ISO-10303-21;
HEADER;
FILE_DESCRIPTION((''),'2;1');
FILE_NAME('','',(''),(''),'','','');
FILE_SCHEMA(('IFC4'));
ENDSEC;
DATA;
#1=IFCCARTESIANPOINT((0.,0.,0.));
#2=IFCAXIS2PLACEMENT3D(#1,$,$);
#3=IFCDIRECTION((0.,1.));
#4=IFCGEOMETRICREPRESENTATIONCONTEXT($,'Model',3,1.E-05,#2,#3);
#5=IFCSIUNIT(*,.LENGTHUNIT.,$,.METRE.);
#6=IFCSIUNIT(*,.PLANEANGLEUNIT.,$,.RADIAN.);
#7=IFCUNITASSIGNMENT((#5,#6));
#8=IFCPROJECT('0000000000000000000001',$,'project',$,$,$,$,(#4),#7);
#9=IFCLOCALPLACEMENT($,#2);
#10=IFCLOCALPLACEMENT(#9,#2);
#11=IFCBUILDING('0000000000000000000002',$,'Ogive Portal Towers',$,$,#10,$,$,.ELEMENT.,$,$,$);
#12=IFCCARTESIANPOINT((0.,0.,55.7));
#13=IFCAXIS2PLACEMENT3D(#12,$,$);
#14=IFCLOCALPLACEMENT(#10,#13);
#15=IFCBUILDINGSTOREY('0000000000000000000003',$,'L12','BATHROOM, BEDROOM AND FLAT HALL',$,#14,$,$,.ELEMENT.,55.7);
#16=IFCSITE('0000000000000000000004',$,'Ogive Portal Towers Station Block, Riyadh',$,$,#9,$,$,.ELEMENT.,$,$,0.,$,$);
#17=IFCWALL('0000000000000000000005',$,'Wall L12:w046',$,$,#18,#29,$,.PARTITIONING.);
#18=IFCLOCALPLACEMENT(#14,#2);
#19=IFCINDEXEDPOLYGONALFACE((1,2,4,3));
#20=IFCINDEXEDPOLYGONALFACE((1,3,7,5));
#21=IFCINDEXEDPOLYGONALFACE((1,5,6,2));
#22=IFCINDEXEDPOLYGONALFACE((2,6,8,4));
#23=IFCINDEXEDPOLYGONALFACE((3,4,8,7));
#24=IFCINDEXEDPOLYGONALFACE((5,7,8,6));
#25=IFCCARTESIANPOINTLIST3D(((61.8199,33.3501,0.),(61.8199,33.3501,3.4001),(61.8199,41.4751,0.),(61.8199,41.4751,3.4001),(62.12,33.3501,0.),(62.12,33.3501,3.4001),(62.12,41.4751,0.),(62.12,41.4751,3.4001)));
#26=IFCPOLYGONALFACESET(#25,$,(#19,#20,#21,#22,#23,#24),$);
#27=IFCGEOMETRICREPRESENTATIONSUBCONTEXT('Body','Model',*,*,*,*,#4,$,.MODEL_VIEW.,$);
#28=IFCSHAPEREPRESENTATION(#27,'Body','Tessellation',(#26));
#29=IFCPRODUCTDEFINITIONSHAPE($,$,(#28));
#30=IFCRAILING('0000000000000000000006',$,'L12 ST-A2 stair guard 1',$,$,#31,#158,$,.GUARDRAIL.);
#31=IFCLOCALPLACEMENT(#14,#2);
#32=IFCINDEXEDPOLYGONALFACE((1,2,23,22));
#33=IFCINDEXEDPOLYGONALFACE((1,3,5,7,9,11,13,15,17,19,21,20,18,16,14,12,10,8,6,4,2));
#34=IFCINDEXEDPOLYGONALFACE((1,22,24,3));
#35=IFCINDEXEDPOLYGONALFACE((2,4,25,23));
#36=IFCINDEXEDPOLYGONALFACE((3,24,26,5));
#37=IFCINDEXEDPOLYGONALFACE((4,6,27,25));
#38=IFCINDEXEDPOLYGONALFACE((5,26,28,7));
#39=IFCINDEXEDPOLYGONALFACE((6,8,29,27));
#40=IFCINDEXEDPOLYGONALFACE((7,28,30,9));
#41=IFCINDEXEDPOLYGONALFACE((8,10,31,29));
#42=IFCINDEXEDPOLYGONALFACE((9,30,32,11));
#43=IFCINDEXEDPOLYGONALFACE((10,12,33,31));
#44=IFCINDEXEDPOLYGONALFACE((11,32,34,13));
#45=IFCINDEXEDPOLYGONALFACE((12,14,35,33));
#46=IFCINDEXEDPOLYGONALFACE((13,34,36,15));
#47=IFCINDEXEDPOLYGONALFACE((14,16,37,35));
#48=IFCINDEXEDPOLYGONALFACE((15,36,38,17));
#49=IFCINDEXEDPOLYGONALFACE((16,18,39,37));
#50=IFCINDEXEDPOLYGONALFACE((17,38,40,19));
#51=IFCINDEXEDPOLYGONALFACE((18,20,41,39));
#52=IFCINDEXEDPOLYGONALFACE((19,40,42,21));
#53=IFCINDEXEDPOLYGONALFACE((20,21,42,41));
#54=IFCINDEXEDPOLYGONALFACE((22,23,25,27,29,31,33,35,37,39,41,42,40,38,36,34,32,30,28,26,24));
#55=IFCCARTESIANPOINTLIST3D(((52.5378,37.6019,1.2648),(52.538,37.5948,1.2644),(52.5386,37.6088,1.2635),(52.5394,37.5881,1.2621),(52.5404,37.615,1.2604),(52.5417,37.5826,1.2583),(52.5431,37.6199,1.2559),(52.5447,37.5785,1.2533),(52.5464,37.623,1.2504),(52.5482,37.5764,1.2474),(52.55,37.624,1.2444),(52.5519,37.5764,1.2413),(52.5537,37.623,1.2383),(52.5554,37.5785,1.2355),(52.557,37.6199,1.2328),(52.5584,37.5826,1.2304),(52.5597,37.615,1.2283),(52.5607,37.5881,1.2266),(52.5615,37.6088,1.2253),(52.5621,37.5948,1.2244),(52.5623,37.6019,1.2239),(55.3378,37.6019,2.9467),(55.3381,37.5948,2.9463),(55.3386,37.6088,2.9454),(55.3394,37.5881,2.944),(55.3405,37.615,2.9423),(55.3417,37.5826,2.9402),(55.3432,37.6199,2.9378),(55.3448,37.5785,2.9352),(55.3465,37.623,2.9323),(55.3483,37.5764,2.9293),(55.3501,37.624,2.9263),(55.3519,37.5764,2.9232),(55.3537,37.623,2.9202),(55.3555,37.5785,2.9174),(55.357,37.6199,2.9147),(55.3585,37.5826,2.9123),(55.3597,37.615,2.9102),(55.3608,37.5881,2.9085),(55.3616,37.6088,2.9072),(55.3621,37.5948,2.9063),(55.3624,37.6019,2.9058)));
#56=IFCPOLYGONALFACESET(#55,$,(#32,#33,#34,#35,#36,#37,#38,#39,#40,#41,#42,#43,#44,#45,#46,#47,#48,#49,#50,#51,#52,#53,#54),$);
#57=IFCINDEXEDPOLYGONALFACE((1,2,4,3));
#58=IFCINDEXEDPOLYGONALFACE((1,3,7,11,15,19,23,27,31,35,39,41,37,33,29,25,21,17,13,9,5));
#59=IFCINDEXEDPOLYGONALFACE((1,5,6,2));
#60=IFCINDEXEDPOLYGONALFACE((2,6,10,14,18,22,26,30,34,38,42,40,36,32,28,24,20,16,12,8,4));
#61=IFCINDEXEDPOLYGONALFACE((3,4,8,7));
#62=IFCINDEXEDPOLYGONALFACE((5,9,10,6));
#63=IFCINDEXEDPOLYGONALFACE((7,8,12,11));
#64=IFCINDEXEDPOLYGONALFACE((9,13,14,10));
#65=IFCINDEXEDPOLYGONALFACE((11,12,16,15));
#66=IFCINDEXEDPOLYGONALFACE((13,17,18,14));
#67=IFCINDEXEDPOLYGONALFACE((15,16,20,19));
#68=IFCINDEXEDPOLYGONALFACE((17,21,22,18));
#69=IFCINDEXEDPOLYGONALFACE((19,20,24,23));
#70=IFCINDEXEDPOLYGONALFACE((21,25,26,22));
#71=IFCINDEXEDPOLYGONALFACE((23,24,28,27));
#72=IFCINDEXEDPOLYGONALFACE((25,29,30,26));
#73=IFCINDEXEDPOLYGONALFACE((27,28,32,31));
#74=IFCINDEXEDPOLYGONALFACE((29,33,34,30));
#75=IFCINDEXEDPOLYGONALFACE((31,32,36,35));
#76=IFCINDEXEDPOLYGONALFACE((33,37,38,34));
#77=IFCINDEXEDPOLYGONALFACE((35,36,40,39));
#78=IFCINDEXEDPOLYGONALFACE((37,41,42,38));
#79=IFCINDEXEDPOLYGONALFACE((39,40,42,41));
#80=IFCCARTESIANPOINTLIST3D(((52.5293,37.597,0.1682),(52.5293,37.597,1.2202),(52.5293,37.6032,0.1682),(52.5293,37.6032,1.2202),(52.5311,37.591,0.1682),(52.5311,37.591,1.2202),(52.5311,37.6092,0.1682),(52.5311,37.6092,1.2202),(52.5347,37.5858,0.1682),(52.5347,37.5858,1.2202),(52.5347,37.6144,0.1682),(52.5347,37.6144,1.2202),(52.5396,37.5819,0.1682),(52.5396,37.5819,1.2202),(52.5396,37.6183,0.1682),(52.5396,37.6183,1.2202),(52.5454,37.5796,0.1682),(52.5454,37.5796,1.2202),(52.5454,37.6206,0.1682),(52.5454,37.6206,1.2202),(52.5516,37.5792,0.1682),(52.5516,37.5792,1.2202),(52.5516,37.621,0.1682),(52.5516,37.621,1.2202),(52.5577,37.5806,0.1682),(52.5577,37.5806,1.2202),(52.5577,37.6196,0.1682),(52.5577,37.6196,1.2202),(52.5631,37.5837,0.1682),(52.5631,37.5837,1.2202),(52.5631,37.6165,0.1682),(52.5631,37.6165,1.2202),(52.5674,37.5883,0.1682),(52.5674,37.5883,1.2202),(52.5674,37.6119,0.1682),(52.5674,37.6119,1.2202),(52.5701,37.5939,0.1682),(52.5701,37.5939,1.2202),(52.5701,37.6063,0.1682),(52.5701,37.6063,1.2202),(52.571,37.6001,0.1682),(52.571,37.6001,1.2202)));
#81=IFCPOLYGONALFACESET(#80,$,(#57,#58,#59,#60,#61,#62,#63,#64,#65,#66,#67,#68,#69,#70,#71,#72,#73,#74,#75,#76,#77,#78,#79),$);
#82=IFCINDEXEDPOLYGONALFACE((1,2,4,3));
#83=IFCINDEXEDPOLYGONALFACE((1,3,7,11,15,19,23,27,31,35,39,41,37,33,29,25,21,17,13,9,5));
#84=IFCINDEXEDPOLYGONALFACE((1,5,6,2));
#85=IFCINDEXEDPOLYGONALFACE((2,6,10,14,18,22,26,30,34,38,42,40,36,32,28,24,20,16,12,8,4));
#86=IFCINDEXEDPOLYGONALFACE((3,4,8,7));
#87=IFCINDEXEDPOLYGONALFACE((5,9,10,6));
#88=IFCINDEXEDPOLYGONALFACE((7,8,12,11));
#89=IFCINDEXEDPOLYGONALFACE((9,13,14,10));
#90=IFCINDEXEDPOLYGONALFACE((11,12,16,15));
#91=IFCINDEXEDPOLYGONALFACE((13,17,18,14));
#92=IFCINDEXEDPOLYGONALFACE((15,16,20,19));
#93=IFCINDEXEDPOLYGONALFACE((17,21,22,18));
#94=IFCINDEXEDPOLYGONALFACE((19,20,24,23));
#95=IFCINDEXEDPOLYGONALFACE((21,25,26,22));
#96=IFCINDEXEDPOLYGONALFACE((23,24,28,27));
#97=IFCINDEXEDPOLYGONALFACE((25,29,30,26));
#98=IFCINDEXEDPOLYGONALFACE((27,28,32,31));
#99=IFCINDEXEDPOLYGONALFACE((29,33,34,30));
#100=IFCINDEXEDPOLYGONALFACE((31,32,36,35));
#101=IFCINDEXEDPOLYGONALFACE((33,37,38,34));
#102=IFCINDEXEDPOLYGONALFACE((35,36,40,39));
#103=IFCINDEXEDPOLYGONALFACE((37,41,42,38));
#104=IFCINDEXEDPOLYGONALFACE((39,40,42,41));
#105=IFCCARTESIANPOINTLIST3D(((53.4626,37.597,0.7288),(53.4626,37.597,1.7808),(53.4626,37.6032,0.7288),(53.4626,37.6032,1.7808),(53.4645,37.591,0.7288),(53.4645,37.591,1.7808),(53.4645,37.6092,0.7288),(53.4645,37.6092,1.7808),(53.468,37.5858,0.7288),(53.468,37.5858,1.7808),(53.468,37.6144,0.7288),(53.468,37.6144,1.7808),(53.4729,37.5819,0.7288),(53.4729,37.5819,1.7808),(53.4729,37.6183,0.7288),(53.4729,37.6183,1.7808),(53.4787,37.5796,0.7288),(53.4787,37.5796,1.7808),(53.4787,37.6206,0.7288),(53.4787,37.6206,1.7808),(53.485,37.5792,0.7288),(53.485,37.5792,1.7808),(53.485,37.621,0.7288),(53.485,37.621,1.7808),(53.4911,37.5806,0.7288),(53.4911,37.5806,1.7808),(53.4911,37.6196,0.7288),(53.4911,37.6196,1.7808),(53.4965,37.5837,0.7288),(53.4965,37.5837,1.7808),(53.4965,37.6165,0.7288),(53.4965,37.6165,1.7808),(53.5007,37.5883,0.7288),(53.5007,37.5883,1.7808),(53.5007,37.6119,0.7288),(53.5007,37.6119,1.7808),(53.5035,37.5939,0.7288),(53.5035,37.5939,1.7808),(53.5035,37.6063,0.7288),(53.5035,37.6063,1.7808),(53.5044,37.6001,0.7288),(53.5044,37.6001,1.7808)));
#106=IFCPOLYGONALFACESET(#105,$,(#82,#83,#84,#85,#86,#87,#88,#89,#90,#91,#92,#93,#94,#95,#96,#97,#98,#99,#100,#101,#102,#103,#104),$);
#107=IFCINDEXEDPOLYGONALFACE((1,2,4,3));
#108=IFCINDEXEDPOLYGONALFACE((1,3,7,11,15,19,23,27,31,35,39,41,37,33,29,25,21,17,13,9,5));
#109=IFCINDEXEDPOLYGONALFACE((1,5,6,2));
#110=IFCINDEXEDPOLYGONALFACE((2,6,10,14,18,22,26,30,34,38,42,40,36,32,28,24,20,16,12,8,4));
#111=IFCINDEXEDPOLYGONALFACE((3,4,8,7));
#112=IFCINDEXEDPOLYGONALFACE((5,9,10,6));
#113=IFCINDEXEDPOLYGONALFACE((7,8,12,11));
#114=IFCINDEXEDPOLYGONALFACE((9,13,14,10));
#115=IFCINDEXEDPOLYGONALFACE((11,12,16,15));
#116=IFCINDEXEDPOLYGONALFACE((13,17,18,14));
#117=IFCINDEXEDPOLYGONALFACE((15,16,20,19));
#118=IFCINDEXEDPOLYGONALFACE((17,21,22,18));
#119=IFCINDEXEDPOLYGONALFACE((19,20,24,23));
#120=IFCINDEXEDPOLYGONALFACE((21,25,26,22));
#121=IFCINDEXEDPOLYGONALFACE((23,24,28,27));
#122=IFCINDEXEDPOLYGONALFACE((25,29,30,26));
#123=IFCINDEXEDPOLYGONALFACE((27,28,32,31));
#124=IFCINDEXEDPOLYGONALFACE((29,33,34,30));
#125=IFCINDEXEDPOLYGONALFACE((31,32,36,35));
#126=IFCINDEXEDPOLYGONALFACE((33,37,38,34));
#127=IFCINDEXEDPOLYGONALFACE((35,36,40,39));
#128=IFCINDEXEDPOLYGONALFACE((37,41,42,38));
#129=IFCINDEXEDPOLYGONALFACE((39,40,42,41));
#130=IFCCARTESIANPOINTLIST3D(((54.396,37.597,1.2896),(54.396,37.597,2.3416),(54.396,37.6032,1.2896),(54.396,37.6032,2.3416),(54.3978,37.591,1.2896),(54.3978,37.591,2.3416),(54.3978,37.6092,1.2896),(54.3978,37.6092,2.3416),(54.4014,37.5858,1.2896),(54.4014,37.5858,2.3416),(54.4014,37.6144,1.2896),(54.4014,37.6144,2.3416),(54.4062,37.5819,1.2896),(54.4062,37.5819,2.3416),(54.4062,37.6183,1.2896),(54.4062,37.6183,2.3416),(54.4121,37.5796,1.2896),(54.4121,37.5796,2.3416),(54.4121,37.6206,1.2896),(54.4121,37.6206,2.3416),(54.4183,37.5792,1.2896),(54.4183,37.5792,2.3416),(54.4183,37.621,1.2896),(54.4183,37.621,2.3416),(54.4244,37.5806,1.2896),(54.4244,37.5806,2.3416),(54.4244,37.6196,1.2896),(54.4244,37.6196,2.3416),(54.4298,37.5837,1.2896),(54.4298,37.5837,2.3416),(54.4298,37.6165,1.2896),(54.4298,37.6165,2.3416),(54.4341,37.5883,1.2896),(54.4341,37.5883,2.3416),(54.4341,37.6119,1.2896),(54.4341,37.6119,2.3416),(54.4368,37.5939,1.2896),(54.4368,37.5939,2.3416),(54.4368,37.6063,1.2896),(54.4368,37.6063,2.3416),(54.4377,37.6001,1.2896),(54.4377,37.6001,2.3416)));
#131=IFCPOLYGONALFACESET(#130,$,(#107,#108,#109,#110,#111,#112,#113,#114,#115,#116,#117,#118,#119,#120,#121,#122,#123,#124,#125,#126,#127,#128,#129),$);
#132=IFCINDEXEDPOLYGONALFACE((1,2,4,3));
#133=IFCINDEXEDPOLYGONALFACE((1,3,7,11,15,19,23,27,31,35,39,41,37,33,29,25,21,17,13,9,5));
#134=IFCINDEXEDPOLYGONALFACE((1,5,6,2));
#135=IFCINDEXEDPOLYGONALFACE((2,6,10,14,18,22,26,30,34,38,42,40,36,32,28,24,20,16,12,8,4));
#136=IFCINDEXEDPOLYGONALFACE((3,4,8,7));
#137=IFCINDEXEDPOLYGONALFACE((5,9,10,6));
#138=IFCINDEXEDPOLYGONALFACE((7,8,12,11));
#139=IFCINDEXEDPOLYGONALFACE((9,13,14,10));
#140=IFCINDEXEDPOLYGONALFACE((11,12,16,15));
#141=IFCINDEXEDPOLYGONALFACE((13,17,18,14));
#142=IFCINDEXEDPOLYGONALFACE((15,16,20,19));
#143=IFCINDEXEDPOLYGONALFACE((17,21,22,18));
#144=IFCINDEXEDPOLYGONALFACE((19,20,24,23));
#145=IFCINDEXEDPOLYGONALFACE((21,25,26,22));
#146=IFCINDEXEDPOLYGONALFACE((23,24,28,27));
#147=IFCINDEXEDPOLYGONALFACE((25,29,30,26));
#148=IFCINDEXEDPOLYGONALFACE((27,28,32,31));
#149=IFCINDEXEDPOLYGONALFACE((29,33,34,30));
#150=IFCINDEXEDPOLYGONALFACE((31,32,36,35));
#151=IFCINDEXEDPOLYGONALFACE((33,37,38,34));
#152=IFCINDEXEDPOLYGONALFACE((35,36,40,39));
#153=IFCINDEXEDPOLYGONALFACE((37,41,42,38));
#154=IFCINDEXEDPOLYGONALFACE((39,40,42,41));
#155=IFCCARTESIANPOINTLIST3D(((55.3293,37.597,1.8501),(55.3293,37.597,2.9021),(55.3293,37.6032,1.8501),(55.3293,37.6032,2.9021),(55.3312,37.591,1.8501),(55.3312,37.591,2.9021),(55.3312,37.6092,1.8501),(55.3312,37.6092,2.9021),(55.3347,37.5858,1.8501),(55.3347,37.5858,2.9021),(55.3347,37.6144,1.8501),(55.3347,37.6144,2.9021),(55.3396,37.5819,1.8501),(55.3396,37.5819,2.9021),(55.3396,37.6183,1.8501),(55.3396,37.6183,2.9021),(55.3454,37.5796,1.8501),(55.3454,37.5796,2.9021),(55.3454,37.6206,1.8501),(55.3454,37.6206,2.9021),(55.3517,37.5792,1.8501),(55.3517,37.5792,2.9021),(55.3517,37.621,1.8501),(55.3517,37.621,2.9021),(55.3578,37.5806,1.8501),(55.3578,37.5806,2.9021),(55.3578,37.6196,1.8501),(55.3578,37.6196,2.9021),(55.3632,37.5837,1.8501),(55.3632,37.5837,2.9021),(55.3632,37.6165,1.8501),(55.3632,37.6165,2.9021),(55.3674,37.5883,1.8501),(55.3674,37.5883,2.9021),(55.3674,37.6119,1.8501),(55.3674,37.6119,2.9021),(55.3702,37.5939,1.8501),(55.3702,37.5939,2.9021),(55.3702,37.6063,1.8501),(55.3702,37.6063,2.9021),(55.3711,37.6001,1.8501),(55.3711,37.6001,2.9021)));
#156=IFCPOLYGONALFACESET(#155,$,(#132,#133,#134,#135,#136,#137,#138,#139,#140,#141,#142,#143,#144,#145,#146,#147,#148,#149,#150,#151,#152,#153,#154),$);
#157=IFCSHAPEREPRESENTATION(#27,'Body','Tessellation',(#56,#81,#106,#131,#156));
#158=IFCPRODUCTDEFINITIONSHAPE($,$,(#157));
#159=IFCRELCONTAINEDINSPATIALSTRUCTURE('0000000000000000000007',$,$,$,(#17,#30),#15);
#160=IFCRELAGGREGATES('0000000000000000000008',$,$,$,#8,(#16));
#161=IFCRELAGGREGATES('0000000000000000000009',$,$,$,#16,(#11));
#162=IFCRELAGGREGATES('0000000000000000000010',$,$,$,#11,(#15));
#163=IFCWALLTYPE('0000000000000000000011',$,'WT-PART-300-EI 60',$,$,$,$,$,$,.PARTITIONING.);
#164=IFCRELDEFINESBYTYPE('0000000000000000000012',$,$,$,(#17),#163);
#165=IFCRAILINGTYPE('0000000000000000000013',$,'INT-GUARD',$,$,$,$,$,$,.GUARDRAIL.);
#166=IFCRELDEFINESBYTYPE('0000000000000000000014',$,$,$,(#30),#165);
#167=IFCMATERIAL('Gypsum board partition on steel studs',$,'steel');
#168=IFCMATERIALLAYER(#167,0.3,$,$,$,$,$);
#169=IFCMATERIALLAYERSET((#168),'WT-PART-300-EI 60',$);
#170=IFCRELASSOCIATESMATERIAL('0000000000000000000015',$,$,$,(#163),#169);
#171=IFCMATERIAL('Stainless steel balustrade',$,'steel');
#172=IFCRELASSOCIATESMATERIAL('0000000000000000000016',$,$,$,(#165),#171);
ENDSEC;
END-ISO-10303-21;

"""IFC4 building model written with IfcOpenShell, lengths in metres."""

from ifc_helpers import new_model, si_unit, direction, frame, frame_2d, origin, origin_2d, place, context, subcontext, project, spatial, rectangle, circle, extrude, material, layer, layer_set, type_object, element, save


model = new_model("IFC4")

# Units and contexts
model_context = context("Model", 3, precision=1e-05, world=origin(), true_north=direction((0.0, 1.0)))
body_context = subcontext(model_context, "Body", "Model", "MODEL_VIEW")
ifc_project = project(units=[si_unit("LENGTHUNIT", "METRE"), si_unit("PLANEANGLEUNIT", "RADIAN")], contexts=[model_context])

# Site, building, storey
site_placement = place(None, origin())
site = spatial("IfcSite", under=ifc_project, at=site_placement, Name="Ogive Portal Towers Station Block, Riyadh", CompositionType="ELEMENT", RefElevation=0.0)
building_placement = place(site_placement, origin())
building = spatial("IfcBuilding", under=site, at=building_placement, Name="Ogive Portal Towers", CompositionType="ELEMENT")
storey_placement = place(building_placement, frame((0.0, 0.0, 55.7)))
storey = spatial("IfcBuildingStorey", under=building, at=storey_placement, Name="L12", Description="BATHROOM, BEDROOM AND FLAT HALL", CompositionType="ELEMENT", Elevation=55.7)

# Shared definitions
ifc_material_1 = material(Name="Gypsum board partition on steel studs", Category="steel")

# Wall
ifc_layer_1 = layer(ifc_material_1, 0.3)
ifc_layer_set_1 = layer_set([ifc_layer_1], Name="WT-PART-300-EI 60")
wall_type_1 = type_object("IfcWallType", Name="WT-PART-300-EI 60", PredefinedType="PARTITIONING", material=ifc_layer_set_1)
wall_1_placement = place(storey_placement, frame((61.97, 33.3501, 0.0), z_axis=(0.0, 0.0, 1.0), x_axis=(0.0, 1.0, 0.0)))
element("IfcWall", 1, at=wall_1_placement, inside=storey, type_object=wall_type_1, Name="Wall L12:w046", PredefinedType="PARTITIONING", context=body_context, shape_type="SweptSolid", body=[
    extrude(rectangle(XDim=8.125, YDim=0.3, at=frame_2d((4.0625, 0.0))), origin(), (0.0, 0.0, 1.0), 3.4001),
])

# Railing
ifc_material_2 = material(Name="Stainless steel balustrade", Category="steel")
railing_type_1 = type_object("IfcRailingType", Name="INT-GUARD", PredefinedType="GUARDRAIL", material=ifc_material_2)
railing_1_placement = place(storey_placement, frame((52.55, 37.6001, 0.1682)))
element("IfcRailing", 2, at=railing_1_placement, inside=storey, type_object=railing_type_1, Name="L12 ST-A2 stair guard 1", PredefinedType="GUARDRAIL", context=body_context, shape_type="SweptSolid", body=[
    extrude(circle(Radius=0.0239, at=origin_2d()), frame((0.0, 0.0, 1.0762), z_axis=(0.857242, 0.0, 0.514913), x_axis=(0.0, 1.0, 0.0)), (0.0, 0.0, 1.0), 3.2664),
    extrude(circle(Radius=0.021, at=origin_2d()), origin(), (0.0, 0.0, 1.0), 1.052),
    extrude(circle(Radius=0.021, at=origin_2d()), frame((0.9333, 0.0, 0.5605)), (0.0, 0.0, 1.0), 1.052),
    extrude(circle(Radius=0.021, at=origin_2d()), frame((1.8667, 0.0, 1.1213)), (0.0, 0.0, 1.0), 1.052),
    extrude(circle(Radius=0.021, at=origin_2d()), frame((2.8, 0.0, 1.6819)), (0.0, 0.0, 1.0), 1.052),
])

save(model, "model.ifc")
